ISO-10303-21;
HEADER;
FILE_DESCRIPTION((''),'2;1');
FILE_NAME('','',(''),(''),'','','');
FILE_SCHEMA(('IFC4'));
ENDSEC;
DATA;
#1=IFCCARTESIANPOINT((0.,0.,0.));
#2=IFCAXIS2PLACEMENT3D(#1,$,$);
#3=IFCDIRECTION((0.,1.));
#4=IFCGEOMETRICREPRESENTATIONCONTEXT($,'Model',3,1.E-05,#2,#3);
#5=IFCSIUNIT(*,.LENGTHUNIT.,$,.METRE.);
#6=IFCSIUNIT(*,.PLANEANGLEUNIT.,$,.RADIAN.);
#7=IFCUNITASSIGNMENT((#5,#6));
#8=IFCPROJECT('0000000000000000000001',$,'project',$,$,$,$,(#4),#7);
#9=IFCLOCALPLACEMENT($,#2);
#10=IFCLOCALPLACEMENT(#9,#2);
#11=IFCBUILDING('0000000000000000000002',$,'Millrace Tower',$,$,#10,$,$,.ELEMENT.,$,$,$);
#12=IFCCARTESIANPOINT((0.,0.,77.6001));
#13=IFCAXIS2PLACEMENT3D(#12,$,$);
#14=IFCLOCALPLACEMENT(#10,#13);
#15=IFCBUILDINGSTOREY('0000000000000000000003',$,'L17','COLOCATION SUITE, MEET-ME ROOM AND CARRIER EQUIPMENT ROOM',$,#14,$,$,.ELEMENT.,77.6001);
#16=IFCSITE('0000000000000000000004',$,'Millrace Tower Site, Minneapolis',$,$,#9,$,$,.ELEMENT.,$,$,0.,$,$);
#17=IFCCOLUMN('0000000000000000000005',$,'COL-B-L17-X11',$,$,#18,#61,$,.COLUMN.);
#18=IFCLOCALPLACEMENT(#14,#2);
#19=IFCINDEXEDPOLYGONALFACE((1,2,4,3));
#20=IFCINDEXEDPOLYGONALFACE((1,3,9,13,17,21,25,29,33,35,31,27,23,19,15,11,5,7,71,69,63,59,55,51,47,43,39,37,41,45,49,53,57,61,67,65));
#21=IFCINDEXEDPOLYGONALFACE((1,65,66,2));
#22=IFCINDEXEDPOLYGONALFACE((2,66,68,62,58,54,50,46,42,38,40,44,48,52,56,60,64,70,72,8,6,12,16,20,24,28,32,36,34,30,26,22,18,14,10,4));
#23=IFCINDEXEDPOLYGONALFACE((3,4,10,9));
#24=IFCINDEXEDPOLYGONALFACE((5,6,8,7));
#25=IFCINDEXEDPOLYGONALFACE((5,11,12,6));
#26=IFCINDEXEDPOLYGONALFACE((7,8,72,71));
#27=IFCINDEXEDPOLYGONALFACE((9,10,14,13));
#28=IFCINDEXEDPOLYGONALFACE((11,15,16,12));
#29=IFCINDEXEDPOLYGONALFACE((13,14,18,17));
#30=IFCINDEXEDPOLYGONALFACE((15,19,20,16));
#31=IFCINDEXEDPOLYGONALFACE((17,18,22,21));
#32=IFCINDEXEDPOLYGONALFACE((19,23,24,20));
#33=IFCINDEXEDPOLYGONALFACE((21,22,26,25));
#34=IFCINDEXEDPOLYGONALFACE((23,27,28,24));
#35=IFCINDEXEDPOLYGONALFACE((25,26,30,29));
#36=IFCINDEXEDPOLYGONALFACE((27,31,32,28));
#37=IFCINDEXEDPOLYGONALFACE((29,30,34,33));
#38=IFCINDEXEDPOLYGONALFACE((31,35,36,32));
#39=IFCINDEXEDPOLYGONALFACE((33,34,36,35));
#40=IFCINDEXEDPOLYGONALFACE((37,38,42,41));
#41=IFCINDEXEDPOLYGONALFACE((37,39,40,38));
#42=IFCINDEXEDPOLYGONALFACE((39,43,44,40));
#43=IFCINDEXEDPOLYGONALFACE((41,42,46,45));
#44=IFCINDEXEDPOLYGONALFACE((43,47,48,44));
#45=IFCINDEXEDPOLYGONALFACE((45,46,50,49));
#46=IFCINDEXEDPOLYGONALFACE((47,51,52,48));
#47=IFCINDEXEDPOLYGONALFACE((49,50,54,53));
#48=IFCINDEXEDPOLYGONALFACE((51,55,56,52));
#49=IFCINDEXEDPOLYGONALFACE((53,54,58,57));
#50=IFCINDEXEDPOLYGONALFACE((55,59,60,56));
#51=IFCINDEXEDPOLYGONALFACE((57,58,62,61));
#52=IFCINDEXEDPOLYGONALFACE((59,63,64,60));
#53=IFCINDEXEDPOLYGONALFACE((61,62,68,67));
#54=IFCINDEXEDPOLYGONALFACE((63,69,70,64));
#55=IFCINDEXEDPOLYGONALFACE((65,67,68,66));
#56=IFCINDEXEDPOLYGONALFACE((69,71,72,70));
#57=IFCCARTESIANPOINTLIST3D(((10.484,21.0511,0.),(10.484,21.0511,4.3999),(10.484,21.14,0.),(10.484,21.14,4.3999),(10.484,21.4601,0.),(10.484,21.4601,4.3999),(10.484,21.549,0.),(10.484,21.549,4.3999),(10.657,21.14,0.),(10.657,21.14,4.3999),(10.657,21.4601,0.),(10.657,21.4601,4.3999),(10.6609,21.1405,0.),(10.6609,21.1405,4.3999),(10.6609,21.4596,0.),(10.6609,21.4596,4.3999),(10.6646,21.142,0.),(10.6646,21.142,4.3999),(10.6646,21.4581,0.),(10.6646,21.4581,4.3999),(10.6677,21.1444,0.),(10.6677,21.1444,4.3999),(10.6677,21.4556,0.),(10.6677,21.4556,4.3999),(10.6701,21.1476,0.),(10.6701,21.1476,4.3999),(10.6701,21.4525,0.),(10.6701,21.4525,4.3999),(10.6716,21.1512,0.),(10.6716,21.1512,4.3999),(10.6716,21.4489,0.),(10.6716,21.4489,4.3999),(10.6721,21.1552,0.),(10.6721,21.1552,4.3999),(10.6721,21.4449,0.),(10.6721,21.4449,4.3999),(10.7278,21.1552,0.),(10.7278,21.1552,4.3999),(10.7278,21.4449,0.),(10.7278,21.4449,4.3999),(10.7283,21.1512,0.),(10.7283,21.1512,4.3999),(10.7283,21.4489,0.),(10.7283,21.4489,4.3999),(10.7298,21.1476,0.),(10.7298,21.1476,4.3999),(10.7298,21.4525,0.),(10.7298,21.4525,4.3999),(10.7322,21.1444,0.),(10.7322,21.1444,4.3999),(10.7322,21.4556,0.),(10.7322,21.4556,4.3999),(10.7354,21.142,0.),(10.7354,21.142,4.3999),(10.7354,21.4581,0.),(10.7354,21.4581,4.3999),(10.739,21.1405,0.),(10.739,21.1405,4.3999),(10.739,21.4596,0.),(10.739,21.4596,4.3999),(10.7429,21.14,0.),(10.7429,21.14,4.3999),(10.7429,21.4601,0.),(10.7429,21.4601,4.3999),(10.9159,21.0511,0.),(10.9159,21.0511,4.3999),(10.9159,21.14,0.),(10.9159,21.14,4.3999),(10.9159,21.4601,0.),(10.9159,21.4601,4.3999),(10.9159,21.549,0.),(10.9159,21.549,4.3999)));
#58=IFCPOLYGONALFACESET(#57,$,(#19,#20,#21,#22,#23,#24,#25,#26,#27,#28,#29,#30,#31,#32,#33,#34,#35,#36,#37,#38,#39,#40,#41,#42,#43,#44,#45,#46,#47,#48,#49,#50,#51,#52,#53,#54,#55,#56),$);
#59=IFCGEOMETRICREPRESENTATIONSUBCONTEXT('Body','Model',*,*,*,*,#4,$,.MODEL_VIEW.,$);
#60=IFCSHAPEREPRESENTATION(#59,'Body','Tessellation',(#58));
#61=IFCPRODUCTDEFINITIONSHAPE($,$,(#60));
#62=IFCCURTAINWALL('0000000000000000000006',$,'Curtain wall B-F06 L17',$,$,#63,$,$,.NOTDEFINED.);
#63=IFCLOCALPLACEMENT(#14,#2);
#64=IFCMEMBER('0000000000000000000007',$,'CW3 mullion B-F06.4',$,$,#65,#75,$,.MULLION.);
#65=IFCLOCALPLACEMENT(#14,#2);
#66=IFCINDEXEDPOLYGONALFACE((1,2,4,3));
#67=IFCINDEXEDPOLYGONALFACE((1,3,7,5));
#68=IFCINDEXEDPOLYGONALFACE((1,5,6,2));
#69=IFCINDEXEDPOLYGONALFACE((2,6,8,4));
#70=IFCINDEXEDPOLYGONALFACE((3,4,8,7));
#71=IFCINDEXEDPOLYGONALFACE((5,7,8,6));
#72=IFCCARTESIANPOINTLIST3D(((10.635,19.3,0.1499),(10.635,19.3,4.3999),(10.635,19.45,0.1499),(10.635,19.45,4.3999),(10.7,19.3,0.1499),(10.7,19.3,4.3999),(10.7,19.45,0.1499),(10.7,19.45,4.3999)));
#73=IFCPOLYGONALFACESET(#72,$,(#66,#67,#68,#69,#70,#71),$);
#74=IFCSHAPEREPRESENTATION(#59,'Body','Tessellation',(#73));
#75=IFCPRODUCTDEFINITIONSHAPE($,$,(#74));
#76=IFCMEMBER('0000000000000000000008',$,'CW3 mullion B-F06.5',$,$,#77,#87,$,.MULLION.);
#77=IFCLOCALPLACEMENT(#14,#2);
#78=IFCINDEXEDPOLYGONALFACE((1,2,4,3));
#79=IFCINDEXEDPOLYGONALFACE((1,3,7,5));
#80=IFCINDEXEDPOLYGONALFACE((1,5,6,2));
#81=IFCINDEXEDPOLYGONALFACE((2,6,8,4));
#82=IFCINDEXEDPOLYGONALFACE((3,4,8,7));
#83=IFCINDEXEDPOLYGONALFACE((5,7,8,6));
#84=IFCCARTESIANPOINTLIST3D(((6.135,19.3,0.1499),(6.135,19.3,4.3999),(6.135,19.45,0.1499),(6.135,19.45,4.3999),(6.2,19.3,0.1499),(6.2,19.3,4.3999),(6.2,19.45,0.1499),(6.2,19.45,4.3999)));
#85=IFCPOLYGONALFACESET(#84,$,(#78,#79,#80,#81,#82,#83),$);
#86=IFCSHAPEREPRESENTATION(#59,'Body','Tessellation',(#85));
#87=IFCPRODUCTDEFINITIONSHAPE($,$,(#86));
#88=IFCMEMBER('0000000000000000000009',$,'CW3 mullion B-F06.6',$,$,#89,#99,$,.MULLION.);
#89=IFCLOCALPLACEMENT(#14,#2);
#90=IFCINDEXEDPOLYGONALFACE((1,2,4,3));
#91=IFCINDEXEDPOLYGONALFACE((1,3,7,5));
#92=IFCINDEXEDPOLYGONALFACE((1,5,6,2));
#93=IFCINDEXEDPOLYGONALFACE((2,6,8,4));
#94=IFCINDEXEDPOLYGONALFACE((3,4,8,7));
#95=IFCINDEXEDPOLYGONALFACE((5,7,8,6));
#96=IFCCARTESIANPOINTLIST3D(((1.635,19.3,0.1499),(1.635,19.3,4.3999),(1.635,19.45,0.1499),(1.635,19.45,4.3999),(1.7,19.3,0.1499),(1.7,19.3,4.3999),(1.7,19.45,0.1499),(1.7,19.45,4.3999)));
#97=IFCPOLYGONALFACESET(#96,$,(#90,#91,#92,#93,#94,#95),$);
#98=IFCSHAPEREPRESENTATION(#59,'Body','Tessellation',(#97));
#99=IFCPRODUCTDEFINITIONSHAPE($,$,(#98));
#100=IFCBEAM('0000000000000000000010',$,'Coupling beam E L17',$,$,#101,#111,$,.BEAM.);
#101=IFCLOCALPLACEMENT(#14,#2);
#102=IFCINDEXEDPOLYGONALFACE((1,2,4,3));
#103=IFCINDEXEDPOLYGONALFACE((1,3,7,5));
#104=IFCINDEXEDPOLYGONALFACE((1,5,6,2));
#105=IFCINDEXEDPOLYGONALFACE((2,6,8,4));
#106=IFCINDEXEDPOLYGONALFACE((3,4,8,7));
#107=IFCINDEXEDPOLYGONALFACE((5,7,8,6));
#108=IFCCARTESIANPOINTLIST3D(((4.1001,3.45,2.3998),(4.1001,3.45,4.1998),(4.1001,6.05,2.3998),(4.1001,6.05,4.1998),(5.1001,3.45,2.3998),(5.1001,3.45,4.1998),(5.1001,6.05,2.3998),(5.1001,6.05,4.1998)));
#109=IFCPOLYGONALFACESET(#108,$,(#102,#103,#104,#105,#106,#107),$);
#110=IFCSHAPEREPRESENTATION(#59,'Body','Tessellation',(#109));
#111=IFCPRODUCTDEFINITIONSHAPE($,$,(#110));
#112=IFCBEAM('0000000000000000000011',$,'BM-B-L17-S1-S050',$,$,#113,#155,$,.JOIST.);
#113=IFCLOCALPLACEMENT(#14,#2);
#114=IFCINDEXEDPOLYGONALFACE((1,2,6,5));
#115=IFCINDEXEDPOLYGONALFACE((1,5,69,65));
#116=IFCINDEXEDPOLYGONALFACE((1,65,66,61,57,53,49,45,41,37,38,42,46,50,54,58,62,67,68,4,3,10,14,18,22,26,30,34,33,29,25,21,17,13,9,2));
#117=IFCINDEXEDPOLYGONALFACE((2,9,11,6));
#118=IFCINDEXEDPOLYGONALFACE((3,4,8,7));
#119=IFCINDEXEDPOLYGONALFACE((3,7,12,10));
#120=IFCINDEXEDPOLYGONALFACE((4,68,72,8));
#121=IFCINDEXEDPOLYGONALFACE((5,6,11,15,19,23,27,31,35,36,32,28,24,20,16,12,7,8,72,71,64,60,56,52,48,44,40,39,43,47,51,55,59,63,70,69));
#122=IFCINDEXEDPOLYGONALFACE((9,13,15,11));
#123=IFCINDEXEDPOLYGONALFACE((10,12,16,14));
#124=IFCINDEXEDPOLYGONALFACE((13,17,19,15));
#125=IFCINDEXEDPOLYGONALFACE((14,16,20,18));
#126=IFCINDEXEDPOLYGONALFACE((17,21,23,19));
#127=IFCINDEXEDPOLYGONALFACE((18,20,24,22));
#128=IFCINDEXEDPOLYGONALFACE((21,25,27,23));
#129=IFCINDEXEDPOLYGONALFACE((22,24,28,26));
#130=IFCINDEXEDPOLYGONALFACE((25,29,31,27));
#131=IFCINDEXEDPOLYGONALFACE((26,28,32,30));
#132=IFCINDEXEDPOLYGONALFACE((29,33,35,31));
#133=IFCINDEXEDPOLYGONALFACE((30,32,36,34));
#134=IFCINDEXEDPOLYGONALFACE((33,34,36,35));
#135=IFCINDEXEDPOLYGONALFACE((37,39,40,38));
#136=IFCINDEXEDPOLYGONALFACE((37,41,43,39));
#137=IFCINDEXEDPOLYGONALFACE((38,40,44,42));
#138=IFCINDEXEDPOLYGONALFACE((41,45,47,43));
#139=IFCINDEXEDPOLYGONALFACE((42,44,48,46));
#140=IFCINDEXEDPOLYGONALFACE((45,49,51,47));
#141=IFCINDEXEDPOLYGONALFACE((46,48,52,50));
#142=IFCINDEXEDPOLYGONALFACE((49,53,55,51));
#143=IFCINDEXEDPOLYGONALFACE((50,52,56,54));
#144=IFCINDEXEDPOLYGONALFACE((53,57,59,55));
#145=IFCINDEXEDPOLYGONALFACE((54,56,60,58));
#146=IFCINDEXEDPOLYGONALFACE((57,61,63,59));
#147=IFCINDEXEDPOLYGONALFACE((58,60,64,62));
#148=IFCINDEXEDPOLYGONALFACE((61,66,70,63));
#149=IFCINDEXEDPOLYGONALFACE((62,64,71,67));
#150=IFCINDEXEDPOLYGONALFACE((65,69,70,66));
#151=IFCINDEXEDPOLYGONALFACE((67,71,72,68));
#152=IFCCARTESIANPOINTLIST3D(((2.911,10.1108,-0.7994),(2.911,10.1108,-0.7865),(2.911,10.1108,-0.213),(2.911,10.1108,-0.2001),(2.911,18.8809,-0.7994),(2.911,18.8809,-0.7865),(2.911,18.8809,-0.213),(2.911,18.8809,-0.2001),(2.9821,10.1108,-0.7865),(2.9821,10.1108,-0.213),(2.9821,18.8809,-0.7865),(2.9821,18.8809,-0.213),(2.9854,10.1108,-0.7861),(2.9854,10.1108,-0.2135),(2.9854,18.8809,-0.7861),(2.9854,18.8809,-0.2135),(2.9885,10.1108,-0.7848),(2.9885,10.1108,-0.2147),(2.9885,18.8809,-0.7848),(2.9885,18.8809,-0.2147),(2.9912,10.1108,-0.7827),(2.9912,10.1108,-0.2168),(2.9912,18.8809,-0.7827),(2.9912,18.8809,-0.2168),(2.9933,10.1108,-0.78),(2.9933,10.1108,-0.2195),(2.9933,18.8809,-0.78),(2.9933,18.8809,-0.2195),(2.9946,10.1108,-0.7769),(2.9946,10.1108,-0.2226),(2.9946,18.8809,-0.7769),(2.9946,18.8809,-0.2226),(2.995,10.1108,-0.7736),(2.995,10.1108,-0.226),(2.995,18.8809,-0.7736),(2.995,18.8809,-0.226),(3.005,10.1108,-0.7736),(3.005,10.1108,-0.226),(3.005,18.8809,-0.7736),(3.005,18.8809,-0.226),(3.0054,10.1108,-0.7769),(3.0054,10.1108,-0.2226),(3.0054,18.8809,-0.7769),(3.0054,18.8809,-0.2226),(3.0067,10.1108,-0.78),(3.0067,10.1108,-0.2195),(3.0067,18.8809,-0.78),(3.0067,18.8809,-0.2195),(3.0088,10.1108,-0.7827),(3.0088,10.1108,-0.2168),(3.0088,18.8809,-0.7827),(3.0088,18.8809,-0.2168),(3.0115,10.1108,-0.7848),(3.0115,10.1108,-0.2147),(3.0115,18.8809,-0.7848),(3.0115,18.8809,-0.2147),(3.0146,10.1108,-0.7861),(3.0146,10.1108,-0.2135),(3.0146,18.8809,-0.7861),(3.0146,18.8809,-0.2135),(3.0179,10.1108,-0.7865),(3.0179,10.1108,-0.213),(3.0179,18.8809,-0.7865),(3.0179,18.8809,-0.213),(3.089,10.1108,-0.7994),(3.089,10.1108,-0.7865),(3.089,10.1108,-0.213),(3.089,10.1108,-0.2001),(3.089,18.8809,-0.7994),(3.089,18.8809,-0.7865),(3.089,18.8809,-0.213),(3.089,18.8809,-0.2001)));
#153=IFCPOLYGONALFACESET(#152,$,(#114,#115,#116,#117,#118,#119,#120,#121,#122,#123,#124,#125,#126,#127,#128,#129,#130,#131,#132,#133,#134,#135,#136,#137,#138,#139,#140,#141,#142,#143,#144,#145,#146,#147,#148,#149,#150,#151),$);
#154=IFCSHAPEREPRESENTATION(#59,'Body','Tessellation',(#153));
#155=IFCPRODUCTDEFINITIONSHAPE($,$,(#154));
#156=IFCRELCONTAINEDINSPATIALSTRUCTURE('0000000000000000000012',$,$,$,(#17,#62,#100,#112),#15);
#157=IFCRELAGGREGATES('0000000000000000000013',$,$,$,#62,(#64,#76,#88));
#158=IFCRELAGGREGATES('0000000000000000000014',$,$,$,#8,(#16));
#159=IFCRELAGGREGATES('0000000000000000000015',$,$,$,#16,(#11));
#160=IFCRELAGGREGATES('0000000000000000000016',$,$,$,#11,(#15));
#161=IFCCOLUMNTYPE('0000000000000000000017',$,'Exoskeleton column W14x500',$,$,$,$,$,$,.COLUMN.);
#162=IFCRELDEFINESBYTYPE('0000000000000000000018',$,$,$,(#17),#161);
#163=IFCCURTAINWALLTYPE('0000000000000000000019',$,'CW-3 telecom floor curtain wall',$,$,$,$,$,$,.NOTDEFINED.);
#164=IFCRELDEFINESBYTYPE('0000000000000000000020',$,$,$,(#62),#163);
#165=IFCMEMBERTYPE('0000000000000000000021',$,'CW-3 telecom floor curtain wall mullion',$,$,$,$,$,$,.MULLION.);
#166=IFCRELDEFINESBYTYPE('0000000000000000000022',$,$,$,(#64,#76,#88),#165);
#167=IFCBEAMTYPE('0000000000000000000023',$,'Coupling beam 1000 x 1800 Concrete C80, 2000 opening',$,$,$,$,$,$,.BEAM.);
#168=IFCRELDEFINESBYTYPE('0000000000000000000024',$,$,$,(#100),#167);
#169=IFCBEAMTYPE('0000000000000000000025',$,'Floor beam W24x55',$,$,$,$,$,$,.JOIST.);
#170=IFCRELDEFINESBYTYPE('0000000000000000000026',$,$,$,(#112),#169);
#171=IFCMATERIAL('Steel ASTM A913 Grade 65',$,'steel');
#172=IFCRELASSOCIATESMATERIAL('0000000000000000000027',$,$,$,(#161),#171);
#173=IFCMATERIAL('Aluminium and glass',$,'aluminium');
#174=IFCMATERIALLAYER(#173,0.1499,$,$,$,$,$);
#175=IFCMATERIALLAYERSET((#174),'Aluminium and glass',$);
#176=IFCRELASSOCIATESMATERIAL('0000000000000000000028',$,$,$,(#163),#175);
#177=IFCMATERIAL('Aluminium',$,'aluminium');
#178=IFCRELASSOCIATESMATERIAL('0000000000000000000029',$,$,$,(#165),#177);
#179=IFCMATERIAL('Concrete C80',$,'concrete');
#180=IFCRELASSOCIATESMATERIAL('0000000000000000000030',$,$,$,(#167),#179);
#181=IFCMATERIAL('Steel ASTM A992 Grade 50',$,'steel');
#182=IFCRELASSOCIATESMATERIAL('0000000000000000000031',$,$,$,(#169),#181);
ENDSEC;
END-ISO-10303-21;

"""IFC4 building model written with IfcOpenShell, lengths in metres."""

from ifc_helpers import new_model, si_unit, direction, frame, origin, origin_2d, place, context, subcontext, project, spatial, rectangle, i_section, extrude, material, layer, layer_set, material_profile, profile_set, type_object, element, aggregate, save


model = new_model("IFC4")

# Units and contexts
model_context = context("Model", 3, precision=1e-05, world=origin(), true_north=direction((0.0, 1.0)))
body_context = subcontext(model_context, "Body", "Model", "MODEL_VIEW")
ifc_project = project(units=[si_unit("LENGTHUNIT", "METRE"), si_unit("PLANEANGLEUNIT", "RADIAN")], contexts=[model_context])

# Site, building, storey
site_placement = place(None, origin())
site = spatial("IfcSite", under=ifc_project, at=site_placement, Name="Millrace Tower Site, Minneapolis", CompositionType="ELEMENT", RefElevation=0.0)
building_placement = place(site_placement, origin())
building = spatial("IfcBuilding", under=site, at=building_placement, Name="Millrace Tower", CompositionType="ELEMENT")
storey_placement = place(building_placement, frame((0.0, 0.0, 77.6001)))
storey = spatial("IfcBuildingStorey", under=building, at=storey_placement, Name="L17", Description="COLOCATION SUITE, MEET-ME ROOM AND CARRIER EQUIPMENT ROOM", CompositionType="ELEMENT", Elevation=77.6001)

# Column
ifc_material_1 = material(Name="Steel ASTM A913 Grade 65", Category="steel")
ifc_material_profile_1 = material_profile(ifc_material_1, i_section(OverallWidth=0.4319, OverallDepth=0.4978, WebThickness=0.0557, FlangeThickness=0.0889, FilletRadius=0.0151, at=origin_2d()))
ifc_profile_set_1 = profile_set([ifc_material_profile_1], Name="Steel ASTM A913 Grade 65")
column_type = type_object("IfcColumnType", Name="Exoskeleton column W14x500", PredefinedType="COLUMN", material=ifc_profile_set_1)
column_placement = place(storey_placement, frame((10.7, 21.3, 0.0), z_axis=(0.0, 0.0, 1.0), x_axis=(-1.0, 0.0, 0.0)))
element("IfcColumn", 1, at=column_placement, inside=storey, type_object=column_type, Name="COL-B-L17-X11", PredefinedType="COLUMN", context=body_context, shape_type="SweptSolid", body=[
    extrude(i_section(OverallWidth=0.4319, OverallDepth=0.4978, WebThickness=0.0557, FlangeThickness=0.0889, FilletRadius=0.0151, at=origin_2d()), origin(), (0.0, 0.0, 1.0), 4.3999),
])

# Curtain wall, members
ifc_material_2 = material(Name="Aluminium and glass", Category="aluminium")
ifc_layer_1 = layer(ifc_material_2, 0.1499)
ifc_layer_set_1 = layer_set([ifc_layer_1], Name="Aluminium and glass")
curtain_wall_type = type_object("IfcCurtainWallType", Name="CW-3 telecom floor curtain wall", PredefinedType="NOTDEFINED", material=ifc_layer_set_1)
curtain_wall_placement = place(storey_placement, origin())
curtain_wall = element("IfcCurtainWall", 2, at=curtain_wall_placement, inside=storey, type_object=curtain_wall_type, Name="Curtain wall B-F06 L17", PredefinedType="NOTDEFINED")
ifc_material_3 = material(Name="Aluminium", Category="aluminium")
ifc_material_profile_2 = material_profile(ifc_material_3, rectangle(XDim=0.0649, YDim=0.1499, at=origin_2d()))
ifc_profile_set_2 = profile_set([ifc_material_profile_2], Name="Aluminium")
member_type = type_object("IfcMemberType", Name="CW-3 telecom floor curtain wall mullion", PredefinedType="MULLION", material=ifc_profile_set_2)
member_1_placement = place(storey_placement, frame((10.6675, 19.375, 0.1499), z_axis=(0.0, 0.0, 1.0), x_axis=(-1.0, 0.0, 0.0)))
member_1 = element("IfcMember", 3, at=member_1_placement, type_object=member_type, Name="CW3 mullion B-F06.4", PredefinedType="MULLION", context=body_context, shape_type="SweptSolid", body=[
    extrude(rectangle(XDim=0.0649, YDim=0.1499, at=origin_2d()), origin(), (0.0, 0.0, 1.0), 4.25),
])
member_2_placement = place(storey_placement, frame((6.1675, 19.375, 0.1499), z_axis=(0.0, 0.0, 1.0), x_axis=(-1.0, 0.0, 0.0)))
member_2 = element("IfcMember", 4, at=member_2_placement, type_object=member_type, Name="CW3 mullion B-F06.5", PredefinedType="MULLION", context=body_context, shape_type="SweptSolid", body=[
    extrude(rectangle(XDim=0.0649, YDim=0.1499, at=origin_2d()), origin(), (0.0, 0.0, 1.0), 4.25),
])
member_3_placement = place(storey_placement, frame((1.6675, 19.375, 0.1499), z_axis=(0.0, 0.0, 1.0), x_axis=(-1.0, 0.0, 0.0)))
member_3 = element("IfcMember", 5, at=member_3_placement, type_object=member_type, Name="CW3 mullion B-F06.6", PredefinedType="MULLION", context=body_context, shape_type="SweptSolid", body=[
    extrude(rectangle(XDim=0.0649, YDim=0.1499, at=origin_2d()), origin(), (0.0, 0.0, 1.0), 4.25),
])
aggregate(curtain_wall, [member_1, member_2, member_3])

# Beams
ifc_material_4 = material(Name="Concrete C80", Category="concrete")
ifc_material_profile_3 = material_profile(ifc_material_4, rectangle(XDim=1.0, YDim=1.8, at=origin_2d()))
ifc_profile_set_3 = profile_set([ifc_material_profile_3], Name="Concrete C80")
beam_type_1 = type_object("IfcBeamType", Name="Coupling beam 1000 x 1800 Concrete C80, 2000 opening", PredefinedType="BEAM", material=ifc_profile_set_3)
beam_1_placement = place(storey_placement, frame((4.6001, 6.05, 3.2998), z_axis=(0.0, -1.0, 0.0), x_axis=(1.0, 0.0, 0.0)))
element("IfcBeam", 6, at=beam_1_placement, inside=storey, type_object=beam_type_1, Name="Coupling beam E L17", PredefinedType="BEAM", context=body_context, shape_type="SweptSolid", body=[
    extrude(rectangle(XDim=1.0, YDim=1.8, at=origin_2d()), origin(), (0.0, 0.0, 1.0), 2.6001),
])
ifc_material_5 = material(Name="Steel ASTM A992 Grade 50", Category="steel")
ifc_material_profile_4 = material_profile(ifc_material_5, i_section(OverallWidth=0.178, OverallDepth=0.5994, WebThickness=0.01, FlangeThickness=0.0129, FilletRadius=0.0129, at=origin_2d()))
ifc_profile_set_4 = profile_set([ifc_material_profile_4], Name="Steel ASTM A992 Grade 50")
beam_type_2 = type_object("IfcBeamType", Name="Floor beam W24x55", PredefinedType="JOIST", material=ifc_profile_set_4)
beam_2_placement = place(storey_placement, frame((3.0, 10.1108, -0.4998), z_axis=(0.0, 1.0, 0.0), x_axis=(-1.0, 0.0, 0.0)))
element("IfcBeam", 7, at=beam_2_placement, inside=storey, type_object=beam_type_2, Name="BM-B-L17-S1-S050", PredefinedType="JOIST", context=body_context, shape_type="SweptSolid", body=[
    extrude(i_section(OverallWidth=0.178, OverallDepth=0.5994, WebThickness=0.01, FlangeThickness=0.0129, FilletRadius=0.0129, at=origin_2d()), origin(), (0.0, 0.0, 1.0), 8.77),
])

save(model, "model.ifc")
